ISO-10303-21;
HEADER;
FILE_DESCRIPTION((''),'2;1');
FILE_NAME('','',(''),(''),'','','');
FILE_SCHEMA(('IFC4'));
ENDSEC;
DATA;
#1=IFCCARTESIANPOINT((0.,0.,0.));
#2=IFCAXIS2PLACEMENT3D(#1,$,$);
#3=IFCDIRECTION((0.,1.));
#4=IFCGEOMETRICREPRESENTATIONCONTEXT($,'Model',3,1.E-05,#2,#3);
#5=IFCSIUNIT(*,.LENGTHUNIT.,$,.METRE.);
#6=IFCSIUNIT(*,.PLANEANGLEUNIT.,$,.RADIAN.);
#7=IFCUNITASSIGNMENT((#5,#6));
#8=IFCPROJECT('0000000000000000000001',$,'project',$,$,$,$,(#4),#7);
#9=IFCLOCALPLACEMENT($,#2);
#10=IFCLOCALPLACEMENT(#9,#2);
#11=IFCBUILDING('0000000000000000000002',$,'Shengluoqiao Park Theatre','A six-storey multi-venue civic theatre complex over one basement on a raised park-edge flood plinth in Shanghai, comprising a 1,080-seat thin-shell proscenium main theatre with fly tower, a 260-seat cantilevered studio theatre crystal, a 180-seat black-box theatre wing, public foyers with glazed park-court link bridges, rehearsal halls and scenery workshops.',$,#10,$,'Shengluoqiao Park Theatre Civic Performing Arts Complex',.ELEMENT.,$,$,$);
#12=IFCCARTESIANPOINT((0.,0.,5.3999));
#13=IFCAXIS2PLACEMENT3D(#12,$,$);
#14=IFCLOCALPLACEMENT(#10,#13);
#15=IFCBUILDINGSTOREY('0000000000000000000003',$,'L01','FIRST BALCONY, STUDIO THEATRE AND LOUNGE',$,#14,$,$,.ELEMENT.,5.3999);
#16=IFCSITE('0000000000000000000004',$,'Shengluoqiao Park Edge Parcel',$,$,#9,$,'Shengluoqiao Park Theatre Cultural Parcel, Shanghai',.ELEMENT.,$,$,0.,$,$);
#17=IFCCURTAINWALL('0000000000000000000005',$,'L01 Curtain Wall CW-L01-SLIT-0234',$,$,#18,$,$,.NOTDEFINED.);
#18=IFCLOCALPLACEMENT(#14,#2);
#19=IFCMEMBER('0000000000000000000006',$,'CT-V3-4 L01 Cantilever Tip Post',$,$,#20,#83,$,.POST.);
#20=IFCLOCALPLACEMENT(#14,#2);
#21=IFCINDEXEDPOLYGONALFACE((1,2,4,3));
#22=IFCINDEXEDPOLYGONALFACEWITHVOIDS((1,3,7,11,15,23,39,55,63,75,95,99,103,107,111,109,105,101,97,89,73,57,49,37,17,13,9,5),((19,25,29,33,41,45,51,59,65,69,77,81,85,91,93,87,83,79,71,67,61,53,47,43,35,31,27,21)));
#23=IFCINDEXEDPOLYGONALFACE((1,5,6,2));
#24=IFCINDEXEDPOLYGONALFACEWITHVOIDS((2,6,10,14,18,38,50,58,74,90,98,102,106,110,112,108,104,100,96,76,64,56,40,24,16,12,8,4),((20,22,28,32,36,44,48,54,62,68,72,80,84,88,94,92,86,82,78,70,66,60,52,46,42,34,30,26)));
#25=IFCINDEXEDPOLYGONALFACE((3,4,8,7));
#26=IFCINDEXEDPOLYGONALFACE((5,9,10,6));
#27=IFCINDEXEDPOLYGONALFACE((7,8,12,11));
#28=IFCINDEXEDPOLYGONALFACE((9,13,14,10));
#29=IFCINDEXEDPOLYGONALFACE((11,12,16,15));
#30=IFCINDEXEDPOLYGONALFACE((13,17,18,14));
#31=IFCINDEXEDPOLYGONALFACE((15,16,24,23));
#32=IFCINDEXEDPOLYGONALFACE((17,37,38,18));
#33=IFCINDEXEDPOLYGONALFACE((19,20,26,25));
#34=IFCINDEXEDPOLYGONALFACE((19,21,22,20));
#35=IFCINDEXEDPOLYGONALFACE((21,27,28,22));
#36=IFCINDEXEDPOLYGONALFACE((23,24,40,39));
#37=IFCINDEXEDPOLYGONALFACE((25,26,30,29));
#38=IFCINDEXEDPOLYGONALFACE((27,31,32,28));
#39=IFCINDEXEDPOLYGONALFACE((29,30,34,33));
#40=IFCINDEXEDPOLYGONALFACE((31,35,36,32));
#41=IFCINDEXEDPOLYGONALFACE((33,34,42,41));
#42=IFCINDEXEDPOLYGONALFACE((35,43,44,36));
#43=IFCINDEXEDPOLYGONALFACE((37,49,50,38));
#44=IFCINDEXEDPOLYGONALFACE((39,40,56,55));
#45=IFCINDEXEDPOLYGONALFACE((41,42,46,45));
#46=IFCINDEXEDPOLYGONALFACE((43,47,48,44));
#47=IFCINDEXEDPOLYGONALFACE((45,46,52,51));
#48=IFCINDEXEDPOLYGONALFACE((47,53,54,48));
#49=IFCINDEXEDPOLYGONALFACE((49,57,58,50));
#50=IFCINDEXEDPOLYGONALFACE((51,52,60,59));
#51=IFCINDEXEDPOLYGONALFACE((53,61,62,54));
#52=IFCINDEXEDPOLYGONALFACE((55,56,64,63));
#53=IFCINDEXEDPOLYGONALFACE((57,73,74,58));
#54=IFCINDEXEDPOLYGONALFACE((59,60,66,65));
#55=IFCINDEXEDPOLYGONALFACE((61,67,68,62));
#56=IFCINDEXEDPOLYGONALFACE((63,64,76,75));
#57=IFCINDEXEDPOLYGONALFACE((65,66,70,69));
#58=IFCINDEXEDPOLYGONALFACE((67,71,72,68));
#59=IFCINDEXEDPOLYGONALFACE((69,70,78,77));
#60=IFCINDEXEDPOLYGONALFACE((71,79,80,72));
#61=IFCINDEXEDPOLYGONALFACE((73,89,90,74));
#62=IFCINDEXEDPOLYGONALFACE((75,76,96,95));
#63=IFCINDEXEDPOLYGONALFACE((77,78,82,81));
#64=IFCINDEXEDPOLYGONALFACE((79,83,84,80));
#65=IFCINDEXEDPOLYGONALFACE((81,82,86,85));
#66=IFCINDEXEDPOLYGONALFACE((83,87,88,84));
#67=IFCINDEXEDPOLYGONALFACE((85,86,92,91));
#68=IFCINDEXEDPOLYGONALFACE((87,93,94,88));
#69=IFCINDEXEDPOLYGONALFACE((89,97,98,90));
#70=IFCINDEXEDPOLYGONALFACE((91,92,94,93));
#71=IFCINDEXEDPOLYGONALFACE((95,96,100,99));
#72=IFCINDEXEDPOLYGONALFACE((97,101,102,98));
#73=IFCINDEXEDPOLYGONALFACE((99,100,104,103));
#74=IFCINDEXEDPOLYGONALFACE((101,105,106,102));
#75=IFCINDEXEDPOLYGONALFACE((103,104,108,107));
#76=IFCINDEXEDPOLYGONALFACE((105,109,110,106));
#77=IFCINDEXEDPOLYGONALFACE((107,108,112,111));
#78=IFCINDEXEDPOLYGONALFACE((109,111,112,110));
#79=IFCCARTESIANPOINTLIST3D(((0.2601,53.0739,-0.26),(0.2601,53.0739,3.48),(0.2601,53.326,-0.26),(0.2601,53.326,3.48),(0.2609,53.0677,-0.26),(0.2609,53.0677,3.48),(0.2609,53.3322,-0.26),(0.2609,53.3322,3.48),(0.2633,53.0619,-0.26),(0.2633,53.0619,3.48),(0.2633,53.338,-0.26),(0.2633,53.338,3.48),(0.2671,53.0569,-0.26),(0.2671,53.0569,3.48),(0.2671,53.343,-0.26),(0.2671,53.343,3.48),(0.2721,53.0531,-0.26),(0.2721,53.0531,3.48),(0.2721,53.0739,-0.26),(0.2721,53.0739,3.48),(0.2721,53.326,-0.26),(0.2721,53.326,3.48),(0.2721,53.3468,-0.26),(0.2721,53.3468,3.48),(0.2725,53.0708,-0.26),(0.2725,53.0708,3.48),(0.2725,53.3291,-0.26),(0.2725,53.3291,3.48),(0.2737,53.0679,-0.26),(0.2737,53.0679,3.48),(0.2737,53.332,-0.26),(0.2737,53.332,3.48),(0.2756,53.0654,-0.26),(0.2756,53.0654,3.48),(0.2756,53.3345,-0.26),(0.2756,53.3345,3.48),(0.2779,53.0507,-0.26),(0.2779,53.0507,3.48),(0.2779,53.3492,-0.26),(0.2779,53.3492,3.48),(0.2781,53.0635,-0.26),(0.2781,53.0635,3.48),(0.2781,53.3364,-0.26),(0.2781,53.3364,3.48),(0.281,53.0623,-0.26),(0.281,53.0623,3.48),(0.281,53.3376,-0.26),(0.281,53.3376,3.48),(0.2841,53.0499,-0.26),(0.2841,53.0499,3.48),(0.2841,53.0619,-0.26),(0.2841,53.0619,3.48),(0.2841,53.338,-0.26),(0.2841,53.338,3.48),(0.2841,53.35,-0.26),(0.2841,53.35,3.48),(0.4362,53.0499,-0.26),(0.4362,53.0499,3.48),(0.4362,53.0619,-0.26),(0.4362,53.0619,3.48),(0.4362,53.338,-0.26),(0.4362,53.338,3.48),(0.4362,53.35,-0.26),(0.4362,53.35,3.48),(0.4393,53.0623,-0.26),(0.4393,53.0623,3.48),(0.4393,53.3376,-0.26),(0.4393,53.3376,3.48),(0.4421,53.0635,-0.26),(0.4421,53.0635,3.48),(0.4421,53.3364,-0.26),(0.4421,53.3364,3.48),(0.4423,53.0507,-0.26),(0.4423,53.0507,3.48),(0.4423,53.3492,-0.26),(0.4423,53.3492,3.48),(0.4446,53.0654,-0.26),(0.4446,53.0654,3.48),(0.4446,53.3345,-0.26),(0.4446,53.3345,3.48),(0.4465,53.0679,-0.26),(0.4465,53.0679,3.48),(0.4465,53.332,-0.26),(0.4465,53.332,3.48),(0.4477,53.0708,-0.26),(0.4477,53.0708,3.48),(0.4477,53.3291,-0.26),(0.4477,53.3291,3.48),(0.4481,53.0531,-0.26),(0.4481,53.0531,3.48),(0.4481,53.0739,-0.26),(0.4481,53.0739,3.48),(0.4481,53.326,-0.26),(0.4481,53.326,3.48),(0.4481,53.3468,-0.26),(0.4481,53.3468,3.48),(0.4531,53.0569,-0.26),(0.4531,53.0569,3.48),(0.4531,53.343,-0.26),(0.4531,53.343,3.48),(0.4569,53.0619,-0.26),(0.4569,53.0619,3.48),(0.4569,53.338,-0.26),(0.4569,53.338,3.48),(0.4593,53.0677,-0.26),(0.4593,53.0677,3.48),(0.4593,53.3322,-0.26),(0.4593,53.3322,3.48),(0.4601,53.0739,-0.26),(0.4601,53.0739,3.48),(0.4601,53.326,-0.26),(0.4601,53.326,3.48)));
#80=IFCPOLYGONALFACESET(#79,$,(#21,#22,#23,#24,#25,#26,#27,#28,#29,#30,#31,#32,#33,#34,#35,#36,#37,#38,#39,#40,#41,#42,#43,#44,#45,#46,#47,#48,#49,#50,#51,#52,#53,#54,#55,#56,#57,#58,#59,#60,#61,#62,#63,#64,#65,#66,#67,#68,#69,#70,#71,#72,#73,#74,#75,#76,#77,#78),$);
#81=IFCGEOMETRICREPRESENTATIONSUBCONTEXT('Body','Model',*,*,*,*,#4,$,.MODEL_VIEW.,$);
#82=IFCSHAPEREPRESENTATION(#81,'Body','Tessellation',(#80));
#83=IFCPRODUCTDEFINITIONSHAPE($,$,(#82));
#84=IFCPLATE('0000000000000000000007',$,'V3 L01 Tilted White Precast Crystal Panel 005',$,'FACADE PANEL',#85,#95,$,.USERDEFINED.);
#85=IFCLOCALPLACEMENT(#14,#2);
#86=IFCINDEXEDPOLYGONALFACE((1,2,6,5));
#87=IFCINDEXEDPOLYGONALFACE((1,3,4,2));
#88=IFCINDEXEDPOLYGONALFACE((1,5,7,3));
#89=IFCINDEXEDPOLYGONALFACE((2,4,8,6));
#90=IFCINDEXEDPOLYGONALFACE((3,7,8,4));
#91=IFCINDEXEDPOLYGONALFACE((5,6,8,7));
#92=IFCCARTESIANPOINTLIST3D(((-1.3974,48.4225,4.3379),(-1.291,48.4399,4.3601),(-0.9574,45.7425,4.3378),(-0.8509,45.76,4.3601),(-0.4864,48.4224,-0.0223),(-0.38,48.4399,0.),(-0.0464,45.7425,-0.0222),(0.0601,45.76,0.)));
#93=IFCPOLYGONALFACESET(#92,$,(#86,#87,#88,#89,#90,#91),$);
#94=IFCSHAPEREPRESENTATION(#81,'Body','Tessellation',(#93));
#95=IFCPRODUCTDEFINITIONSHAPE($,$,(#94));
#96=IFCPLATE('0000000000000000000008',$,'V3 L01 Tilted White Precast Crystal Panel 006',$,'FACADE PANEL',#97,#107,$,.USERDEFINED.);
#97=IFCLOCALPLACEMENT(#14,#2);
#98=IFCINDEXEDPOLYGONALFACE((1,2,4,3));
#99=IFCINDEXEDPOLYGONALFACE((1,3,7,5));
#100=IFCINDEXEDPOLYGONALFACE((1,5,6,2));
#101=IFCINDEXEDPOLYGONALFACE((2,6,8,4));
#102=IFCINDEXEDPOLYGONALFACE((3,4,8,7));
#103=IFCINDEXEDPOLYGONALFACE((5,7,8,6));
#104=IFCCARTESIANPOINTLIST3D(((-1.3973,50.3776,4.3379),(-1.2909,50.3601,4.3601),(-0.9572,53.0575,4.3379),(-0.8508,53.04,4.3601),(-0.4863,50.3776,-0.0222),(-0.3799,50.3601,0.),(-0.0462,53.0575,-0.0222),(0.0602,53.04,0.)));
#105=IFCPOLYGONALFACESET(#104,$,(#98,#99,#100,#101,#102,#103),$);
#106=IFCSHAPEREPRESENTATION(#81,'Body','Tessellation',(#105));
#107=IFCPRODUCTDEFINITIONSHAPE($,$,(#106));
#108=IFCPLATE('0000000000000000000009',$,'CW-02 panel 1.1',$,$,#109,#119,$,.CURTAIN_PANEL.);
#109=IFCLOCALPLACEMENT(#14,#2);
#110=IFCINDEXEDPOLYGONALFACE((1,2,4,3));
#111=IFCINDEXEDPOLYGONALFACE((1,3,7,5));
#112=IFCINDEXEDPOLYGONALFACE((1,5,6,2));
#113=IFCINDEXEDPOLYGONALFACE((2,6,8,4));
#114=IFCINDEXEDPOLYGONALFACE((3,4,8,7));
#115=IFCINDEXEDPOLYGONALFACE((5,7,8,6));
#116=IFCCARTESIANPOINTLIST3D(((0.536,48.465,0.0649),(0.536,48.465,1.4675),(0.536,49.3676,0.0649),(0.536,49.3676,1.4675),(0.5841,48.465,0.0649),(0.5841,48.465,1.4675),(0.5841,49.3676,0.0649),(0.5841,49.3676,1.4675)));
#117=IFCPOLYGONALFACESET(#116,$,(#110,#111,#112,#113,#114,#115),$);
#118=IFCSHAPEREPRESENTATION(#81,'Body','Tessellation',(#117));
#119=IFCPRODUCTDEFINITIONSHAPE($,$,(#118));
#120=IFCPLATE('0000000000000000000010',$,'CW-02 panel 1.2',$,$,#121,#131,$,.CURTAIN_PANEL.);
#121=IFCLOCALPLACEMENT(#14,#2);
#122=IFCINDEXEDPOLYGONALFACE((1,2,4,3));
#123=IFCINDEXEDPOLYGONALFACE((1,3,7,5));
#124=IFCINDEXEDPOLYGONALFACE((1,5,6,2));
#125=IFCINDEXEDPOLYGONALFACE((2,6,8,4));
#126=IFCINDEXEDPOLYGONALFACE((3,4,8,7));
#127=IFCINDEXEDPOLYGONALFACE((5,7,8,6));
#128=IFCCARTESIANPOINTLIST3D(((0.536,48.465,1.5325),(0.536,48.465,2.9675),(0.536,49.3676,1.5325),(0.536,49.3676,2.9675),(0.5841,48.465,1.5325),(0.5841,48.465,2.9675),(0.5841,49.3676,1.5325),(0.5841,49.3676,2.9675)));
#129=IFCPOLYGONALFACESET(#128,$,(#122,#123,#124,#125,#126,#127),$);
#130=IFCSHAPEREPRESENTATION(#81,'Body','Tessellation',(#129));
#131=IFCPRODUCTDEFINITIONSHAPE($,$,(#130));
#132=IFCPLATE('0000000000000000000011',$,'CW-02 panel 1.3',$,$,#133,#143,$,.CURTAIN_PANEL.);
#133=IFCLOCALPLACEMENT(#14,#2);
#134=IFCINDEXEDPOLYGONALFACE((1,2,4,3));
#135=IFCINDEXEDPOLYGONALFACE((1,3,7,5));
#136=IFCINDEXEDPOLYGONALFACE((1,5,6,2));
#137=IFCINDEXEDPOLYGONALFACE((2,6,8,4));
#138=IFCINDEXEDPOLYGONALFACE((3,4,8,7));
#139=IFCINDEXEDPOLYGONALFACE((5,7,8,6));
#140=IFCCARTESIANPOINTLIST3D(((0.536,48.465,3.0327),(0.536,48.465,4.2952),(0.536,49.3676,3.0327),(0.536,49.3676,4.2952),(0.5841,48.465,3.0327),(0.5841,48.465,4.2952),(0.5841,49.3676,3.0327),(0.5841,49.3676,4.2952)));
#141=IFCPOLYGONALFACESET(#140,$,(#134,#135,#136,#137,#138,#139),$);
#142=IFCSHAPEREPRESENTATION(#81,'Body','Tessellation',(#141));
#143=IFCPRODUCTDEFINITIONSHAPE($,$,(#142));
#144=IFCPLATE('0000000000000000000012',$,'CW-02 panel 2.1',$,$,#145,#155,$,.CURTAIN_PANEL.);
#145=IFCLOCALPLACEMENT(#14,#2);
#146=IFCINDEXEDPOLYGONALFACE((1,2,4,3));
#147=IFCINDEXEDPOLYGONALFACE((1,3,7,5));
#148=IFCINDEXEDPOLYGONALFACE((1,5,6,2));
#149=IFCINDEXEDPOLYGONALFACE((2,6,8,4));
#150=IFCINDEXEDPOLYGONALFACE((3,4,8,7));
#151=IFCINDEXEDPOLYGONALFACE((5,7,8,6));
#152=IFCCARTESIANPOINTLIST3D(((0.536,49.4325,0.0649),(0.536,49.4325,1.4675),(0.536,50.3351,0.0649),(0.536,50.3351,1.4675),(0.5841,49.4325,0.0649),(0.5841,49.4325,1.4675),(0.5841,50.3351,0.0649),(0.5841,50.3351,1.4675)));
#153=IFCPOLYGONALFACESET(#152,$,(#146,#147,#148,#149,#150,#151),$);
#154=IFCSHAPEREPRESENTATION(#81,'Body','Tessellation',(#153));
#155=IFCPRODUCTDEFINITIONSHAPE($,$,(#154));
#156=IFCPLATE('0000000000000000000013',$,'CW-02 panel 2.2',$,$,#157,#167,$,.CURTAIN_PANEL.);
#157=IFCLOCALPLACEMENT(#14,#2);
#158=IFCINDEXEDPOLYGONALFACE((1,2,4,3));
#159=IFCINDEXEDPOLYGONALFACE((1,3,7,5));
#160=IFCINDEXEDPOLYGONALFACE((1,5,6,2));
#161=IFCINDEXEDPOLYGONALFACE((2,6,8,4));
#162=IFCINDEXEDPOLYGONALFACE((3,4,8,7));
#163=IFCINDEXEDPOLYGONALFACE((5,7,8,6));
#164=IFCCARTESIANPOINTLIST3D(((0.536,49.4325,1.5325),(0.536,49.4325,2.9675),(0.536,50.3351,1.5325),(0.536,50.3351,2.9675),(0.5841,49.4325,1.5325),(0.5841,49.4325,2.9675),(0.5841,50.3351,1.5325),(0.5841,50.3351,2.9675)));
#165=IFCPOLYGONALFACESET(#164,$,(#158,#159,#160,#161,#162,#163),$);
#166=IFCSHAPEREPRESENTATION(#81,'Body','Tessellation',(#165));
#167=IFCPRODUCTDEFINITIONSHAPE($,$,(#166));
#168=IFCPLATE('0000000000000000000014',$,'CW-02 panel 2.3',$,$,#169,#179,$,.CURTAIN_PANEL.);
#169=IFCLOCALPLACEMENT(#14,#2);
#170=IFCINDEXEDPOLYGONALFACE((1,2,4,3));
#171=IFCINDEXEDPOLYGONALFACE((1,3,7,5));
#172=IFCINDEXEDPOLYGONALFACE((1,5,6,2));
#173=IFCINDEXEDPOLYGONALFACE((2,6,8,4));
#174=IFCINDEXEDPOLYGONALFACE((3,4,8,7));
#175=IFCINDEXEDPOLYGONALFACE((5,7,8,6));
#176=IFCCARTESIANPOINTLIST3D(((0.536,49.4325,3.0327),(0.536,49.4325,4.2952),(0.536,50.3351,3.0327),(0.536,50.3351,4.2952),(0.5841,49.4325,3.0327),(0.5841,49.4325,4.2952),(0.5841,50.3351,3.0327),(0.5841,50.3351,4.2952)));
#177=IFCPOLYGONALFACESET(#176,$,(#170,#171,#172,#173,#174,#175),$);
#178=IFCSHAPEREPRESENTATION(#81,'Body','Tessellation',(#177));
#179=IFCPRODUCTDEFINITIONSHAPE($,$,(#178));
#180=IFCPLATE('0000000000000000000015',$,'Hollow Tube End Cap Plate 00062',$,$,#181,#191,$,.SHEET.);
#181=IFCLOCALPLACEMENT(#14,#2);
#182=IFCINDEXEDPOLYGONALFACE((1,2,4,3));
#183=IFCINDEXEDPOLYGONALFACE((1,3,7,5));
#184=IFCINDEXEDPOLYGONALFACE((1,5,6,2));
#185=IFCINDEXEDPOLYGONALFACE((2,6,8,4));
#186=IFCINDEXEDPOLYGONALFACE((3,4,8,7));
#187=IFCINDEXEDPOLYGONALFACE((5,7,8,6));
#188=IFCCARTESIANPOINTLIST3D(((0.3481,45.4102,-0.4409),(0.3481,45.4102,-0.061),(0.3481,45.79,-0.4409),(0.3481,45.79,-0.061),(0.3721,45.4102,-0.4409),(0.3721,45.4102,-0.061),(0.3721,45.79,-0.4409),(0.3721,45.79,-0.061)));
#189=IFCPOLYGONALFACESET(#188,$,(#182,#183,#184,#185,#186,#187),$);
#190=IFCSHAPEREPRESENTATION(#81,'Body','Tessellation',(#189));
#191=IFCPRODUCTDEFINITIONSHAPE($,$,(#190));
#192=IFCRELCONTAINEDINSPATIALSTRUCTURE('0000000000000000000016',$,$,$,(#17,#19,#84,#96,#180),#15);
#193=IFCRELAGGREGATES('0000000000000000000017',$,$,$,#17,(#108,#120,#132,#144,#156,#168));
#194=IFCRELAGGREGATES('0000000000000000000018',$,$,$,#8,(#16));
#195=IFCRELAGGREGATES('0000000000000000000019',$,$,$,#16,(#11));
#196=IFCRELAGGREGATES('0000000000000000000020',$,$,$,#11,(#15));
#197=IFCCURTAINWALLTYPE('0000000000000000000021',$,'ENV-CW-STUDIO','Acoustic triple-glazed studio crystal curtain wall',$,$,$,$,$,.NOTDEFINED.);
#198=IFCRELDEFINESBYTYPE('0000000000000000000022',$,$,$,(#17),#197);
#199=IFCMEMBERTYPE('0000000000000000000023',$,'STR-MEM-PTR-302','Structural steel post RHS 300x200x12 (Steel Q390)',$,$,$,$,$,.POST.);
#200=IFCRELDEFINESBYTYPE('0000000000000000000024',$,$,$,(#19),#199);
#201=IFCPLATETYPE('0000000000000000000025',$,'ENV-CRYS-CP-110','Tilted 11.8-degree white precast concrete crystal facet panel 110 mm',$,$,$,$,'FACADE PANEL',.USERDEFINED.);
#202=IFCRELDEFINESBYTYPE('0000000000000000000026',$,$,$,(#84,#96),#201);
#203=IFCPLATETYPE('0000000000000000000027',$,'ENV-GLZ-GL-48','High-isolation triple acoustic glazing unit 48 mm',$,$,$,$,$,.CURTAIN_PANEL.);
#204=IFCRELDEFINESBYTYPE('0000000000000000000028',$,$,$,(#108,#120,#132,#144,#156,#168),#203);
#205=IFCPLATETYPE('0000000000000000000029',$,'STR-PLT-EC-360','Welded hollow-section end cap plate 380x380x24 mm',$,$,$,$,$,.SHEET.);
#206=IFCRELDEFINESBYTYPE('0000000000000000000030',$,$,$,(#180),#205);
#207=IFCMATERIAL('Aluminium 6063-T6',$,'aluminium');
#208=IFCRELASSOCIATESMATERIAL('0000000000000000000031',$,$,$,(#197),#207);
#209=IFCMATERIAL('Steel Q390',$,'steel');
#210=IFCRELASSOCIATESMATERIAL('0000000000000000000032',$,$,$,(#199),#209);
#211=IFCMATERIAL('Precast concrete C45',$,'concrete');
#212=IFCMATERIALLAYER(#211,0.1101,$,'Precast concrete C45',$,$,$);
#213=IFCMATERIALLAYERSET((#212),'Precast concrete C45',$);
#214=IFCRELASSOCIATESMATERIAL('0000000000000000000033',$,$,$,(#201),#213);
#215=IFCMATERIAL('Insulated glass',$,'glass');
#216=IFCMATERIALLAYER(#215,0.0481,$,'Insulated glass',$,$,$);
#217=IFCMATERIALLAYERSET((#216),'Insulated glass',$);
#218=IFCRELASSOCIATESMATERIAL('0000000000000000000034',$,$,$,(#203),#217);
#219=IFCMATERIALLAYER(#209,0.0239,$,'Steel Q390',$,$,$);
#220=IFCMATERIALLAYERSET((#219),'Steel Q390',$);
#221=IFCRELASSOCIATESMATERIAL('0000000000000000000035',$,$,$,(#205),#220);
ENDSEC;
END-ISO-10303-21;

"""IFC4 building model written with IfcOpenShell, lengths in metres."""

from ifc_helpers import new_model, si_unit, direction, frame, origin, origin_2d, place, context, subcontext, project, spatial, polyline, rectangle, hollow_rectangle, outline, extrude, material, layer, layer_set, material_profile, profile_set, type_object, element, aggregate, save


model = new_model("IFC4")

# Units and contexts
model_context = context("Model", 3, precision=1e-05, world=origin(), true_north=direction((0.0, 1.0)))
body_context = subcontext(model_context, "Body", "Model", "MODEL_VIEW")
ifc_project = project(units=[si_unit("LENGTHUNIT", "METRE"), si_unit("PLANEANGLEUNIT", "RADIAN")], contexts=[model_context])

# Site, building, storey
site_placement = place(None, origin())
site = spatial("IfcSite", under=ifc_project, at=site_placement, Name="Shengluoqiao Park Edge Parcel", LongName="Shengluoqiao Park Theatre Cultural Parcel, Shanghai", CompositionType="ELEMENT", RefElevation=0.0)
building_placement = place(site_placement, origin())
building = spatial("IfcBuilding", under=site, at=building_placement, Name="Shengluoqiao Park Theatre", Description="A six-storey multi-venue civic theatre complex over one basement on a raised park-edge flood plinth in Shanghai, comprising a 1,080-seat thin-shell proscenium main theatre with fly tower, a 260-seat cantilevered studio theatre crystal, a 180-seat black-box theatre wing, public foyers with glazed park-court link bridges, rehearsal halls and scenery workshops.", LongName="Shengluoqiao Park Theatre Civic Performing Arts Complex", CompositionType="ELEMENT")
storey_placement = place(building_placement, frame((0.0, 0.0, 5.3999)))
storey = spatial("IfcBuildingStorey", under=building, at=storey_placement, Name="L01", Description="FIRST BALCONY, STUDIO THEATRE AND LOUNGE", CompositionType="ELEMENT", Elevation=5.3999)

# Curtain wall
ifc_material_1 = material(Name="Aluminium 6063-T6", Category="aluminium")
curtain_wall_type = type_object("IfcCurtainWallType", Name="ENV-CW-STUDIO", Description="Acoustic triple-glazed studio crystal curtain wall", PredefinedType="NOTDEFINED", material=ifc_material_1)
curtain_wall_placement = place(storey_placement, origin())
curtain_wall = element("IfcCurtainWall", 1, at=curtain_wall_placement, inside=storey, type_object=curtain_wall_type, Name="L01 Curtain Wall CW-L01-SLIT-0234", PredefinedType="NOTDEFINED")

# Shared definitions
ifc_material_2 = material(Name="Steel Q390", Category="steel")

# Member
ifc_material_profile_1 = material_profile(ifc_material_2, hollow_rectangle(XDim=0.2, YDim=0.3, WallThickness=0.012, InnerFilletRadius=0.012, OuterFilletRadius=0.0239, at=origin_2d()), Name="RHS 300x200x12")
ifc_profile_set_1 = profile_set([ifc_material_profile_1], Name="Steel Q390")
member_type_1 = type_object("IfcMemberType", Name="STR-MEM-PTR-302", Description="Structural steel post RHS 300x200x12 (Steel Q390)", PredefinedType="POST", material=ifc_profile_set_1)
for number, where, z_axis, x_axis, name in (
    (2, (0.3601, 53.2, -0.26), (0.0, 0.0, 1.0), (1.0, 0.0, 0.0), "CT-V3-4 L01 Cantilever Tip Post"),
):
    element("IfcMember", number, at=place(storey_placement, frame(where, z_axis=z_axis, x_axis=x_axis)), inside=storey, type_object=member_type_1, Name=name, PredefinedType="POST", context=body_context, shape_type="SweptSolid", body=[
        extrude(hollow_rectangle(XDim=0.2, YDim=0.3, WallThickness=0.012, InnerFilletRadius=0.012, OuterFilletRadius=0.0239, at=origin_2d()), origin(), (0.0, 0.0, 1.0), 3.74),
    ])

# Plates
ifc_material_3 = material(Name="Precast concrete C45", Category="concrete")
ifc_layer_1 = layer(ifc_material_3, 0.1101, Name="Precast concrete C45")
ifc_layer_set_1 = layer_set([ifc_layer_1], Name="Precast concrete C45")
plate_type_1 = type_object("IfcPlateType", Name="ENV-CRYS-CP-110", Description="Tilted 11.8-degree white precast concrete crystal facet panel 110 mm", ElementType="FACADE PANEL", PredefinedType="USERDEFINED", material=ifc_layer_set_1)
plate_1_placement = place(storey_placement, frame((0.0601, 45.76, 0.0), z_axis=(0.966456, 0.158699, 0.201934), x_axis=(-0.162035, 0.986785, -0.000009)))
element("IfcPlate", 3, at=plate_1_placement, inside=storey, type_object=plate_type_1, Name="V3 L01 Tilted White Precast Crystal Panel 005", ObjectType="FACADE PANEL", PredefinedType="USERDEFINED", context=body_context, shape_type="SweptSolid", body=[
    extrude(outline(polyline([(0.0, 0.0), (2.7158, 0.0), (2.8634, 4.4518), (0.1476, 4.4518), (0.0, 0.0)])), origin(), (0.0, 0.0, -1.0), 0.1101),
])
plate_2_placement = place(storey_placement, frame((-0.3799, 50.3601, 0.0), z_axis=(0.966456, -0.158699, 0.201934), x_axis=(0.162035, 0.986785, 0.000009)))
element("IfcPlate", 4, at=plate_2_placement, inside=storey, type_object=plate_type_1, Name="V3 L01 Tilted White Precast Crystal Panel 006", ObjectType="FACADE PANEL", PredefinedType="USERDEFINED", context=body_context, shape_type="SweptSolid", body=[
    extrude(outline(polyline([(0.0, 0.0), (2.7158, 0.0), (2.5682, 4.4518), (-0.1476, 4.4518), (0.0, 0.0)])), origin(), (0.0, 0.0, -1.0), 0.1101),
])

# Plates
ifc_material_4 = material(Name="Insulated glass", Category="glass")
ifc_layer_2 = layer(ifc_material_4, 0.0481, Name="Insulated glass")
ifc_layer_set_2 = layer_set([ifc_layer_2], Name="Insulated glass")
plate_type_2 = type_object("IfcPlateType", Name="ENV-GLZ-GL-48", Description="High-isolation triple acoustic glazing unit 48 mm", PredefinedType="CURTAIN_PANEL", material=ifc_layer_set_2)
plate_3_placement = place(storey_placement, frame((0.5601, 48.9163, 0.0649), z_axis=(0.0, 0.0, 1.0), x_axis=(0.0, 1.0, 0.0)))
plate_3 = element("IfcPlate", 5, at=plate_3_placement, type_object=plate_type_2, Name="CW-02 panel 1.1", PredefinedType="CURTAIN_PANEL", context=body_context, shape_type="SweptSolid", body=[
    extrude(rectangle(XDim=0.9026, YDim=0.0481, at=origin_2d()), origin(), (0.0, 0.0, 1.0), 1.4026),
])
plate_4_placement = place(storey_placement, frame((0.5601, 48.9163, 1.5325), z_axis=(0.0, 0.0, 1.0), x_axis=(0.0, 1.0, 0.0)))
plate_4 = element("IfcPlate", 6, at=plate_4_placement, type_object=plate_type_2, Name="CW-02 panel 1.2", PredefinedType="CURTAIN_PANEL", context=body_context, shape_type="SweptSolid", body=[
    extrude(rectangle(XDim=0.9026, YDim=0.0481, at=origin_2d()), origin(), (0.0, 0.0, 1.0), 1.4351),
])
plate_5_placement = place(storey_placement, frame((0.5601, 48.9163, 3.0327), z_axis=(0.0, 0.0, 1.0), x_axis=(0.0, 1.0, 0.0)))
plate_5 = element("IfcPlate", 7, at=plate_5_placement, type_object=plate_type_2, Name="CW-02 panel 1.3", PredefinedType="CURTAIN_PANEL", context=body_context, shape_type="SweptSolid", body=[
    extrude(rectangle(XDim=0.9026, YDim=0.0481, at=origin_2d()), origin(), (0.0, 0.0, 1.0), 1.2625),
])
plate_6_placement = place(storey_placement, frame((0.5601, 49.8838, 0.0649), z_axis=(0.0, 0.0, 1.0), x_axis=(0.0, 1.0, 0.0)))
plate_6 = element("IfcPlate", 8, at=plate_6_placement, type_object=plate_type_2, Name="CW-02 panel 2.1", PredefinedType="CURTAIN_PANEL", context=body_context, shape_type="SweptSolid", body=[
    extrude(rectangle(XDim=0.9026, YDim=0.0481, at=origin_2d()), origin(), (0.0, 0.0, 1.0), 1.4026),
])
plate_7_placement = place(storey_placement, frame((0.5601, 49.8838, 1.5325), z_axis=(0.0, 0.0, 1.0), x_axis=(0.0, 1.0, 0.0)))
plate_7 = element("IfcPlate", 9, at=plate_7_placement, type_object=plate_type_2, Name="CW-02 panel 2.2", PredefinedType="CURTAIN_PANEL", context=body_context, shape_type="SweptSolid", body=[
    extrude(rectangle(XDim=0.9026, YDim=0.0481, at=origin_2d()), origin(), (0.0, 0.0, 1.0), 1.4351),
])
plate_8_placement = place(storey_placement, frame((0.5601, 49.8838, 3.0327), z_axis=(0.0, 0.0, 1.0), x_axis=(0.0, 1.0, 0.0)))
plate_8 = element("IfcPlate", 10, at=plate_8_placement, type_object=plate_type_2, Name="CW-02 panel 2.3", PredefinedType="CURTAIN_PANEL", context=body_context, shape_type="SweptSolid", body=[
    extrude(rectangle(XDim=0.9026, YDim=0.0481, at=origin_2d()), origin(), (0.0, 0.0, 1.0), 1.2625),
])
aggregate(curtain_wall, [plate_3, plate_4, plate_5, plate_6, plate_7, plate_8])

# Plate
ifc_layer_3 = layer(ifc_material_2, 0.0239, Name="Steel Q390")
ifc_layer_set_3 = layer_set([ifc_layer_3], Name="Steel Q390")
plate_type_3 = type_object("IfcPlateType", Name="STR-PLT-EC-360", Description="Welded hollow-section end cap plate 380x380x24 mm", PredefinedType="SHEET", material=ifc_layer_set_3)
for number, where, z_axis, x_axis, name in (
    (11, (0.3601, 45.6001, -0.4409), (0.0, 0.0, 1.0), (1.0, 0.0, 0.0), "Hollow Tube End Cap Plate 00062"),
):
    element("IfcPlate", number, at=place(storey_placement, frame(where, z_axis=z_axis, x_axis=x_axis)), inside=storey, type_object=plate_type_3, Name=name, PredefinedType="SHEET", context=body_context, shape_type="SweptSolid", body=[
        extrude(rectangle(XDim=0.0239, YDim=0.3799, at=origin_2d()), origin(), (0.0, 0.0, 1.0), 0.3799),
    ])

save(model, "model.ifc")
